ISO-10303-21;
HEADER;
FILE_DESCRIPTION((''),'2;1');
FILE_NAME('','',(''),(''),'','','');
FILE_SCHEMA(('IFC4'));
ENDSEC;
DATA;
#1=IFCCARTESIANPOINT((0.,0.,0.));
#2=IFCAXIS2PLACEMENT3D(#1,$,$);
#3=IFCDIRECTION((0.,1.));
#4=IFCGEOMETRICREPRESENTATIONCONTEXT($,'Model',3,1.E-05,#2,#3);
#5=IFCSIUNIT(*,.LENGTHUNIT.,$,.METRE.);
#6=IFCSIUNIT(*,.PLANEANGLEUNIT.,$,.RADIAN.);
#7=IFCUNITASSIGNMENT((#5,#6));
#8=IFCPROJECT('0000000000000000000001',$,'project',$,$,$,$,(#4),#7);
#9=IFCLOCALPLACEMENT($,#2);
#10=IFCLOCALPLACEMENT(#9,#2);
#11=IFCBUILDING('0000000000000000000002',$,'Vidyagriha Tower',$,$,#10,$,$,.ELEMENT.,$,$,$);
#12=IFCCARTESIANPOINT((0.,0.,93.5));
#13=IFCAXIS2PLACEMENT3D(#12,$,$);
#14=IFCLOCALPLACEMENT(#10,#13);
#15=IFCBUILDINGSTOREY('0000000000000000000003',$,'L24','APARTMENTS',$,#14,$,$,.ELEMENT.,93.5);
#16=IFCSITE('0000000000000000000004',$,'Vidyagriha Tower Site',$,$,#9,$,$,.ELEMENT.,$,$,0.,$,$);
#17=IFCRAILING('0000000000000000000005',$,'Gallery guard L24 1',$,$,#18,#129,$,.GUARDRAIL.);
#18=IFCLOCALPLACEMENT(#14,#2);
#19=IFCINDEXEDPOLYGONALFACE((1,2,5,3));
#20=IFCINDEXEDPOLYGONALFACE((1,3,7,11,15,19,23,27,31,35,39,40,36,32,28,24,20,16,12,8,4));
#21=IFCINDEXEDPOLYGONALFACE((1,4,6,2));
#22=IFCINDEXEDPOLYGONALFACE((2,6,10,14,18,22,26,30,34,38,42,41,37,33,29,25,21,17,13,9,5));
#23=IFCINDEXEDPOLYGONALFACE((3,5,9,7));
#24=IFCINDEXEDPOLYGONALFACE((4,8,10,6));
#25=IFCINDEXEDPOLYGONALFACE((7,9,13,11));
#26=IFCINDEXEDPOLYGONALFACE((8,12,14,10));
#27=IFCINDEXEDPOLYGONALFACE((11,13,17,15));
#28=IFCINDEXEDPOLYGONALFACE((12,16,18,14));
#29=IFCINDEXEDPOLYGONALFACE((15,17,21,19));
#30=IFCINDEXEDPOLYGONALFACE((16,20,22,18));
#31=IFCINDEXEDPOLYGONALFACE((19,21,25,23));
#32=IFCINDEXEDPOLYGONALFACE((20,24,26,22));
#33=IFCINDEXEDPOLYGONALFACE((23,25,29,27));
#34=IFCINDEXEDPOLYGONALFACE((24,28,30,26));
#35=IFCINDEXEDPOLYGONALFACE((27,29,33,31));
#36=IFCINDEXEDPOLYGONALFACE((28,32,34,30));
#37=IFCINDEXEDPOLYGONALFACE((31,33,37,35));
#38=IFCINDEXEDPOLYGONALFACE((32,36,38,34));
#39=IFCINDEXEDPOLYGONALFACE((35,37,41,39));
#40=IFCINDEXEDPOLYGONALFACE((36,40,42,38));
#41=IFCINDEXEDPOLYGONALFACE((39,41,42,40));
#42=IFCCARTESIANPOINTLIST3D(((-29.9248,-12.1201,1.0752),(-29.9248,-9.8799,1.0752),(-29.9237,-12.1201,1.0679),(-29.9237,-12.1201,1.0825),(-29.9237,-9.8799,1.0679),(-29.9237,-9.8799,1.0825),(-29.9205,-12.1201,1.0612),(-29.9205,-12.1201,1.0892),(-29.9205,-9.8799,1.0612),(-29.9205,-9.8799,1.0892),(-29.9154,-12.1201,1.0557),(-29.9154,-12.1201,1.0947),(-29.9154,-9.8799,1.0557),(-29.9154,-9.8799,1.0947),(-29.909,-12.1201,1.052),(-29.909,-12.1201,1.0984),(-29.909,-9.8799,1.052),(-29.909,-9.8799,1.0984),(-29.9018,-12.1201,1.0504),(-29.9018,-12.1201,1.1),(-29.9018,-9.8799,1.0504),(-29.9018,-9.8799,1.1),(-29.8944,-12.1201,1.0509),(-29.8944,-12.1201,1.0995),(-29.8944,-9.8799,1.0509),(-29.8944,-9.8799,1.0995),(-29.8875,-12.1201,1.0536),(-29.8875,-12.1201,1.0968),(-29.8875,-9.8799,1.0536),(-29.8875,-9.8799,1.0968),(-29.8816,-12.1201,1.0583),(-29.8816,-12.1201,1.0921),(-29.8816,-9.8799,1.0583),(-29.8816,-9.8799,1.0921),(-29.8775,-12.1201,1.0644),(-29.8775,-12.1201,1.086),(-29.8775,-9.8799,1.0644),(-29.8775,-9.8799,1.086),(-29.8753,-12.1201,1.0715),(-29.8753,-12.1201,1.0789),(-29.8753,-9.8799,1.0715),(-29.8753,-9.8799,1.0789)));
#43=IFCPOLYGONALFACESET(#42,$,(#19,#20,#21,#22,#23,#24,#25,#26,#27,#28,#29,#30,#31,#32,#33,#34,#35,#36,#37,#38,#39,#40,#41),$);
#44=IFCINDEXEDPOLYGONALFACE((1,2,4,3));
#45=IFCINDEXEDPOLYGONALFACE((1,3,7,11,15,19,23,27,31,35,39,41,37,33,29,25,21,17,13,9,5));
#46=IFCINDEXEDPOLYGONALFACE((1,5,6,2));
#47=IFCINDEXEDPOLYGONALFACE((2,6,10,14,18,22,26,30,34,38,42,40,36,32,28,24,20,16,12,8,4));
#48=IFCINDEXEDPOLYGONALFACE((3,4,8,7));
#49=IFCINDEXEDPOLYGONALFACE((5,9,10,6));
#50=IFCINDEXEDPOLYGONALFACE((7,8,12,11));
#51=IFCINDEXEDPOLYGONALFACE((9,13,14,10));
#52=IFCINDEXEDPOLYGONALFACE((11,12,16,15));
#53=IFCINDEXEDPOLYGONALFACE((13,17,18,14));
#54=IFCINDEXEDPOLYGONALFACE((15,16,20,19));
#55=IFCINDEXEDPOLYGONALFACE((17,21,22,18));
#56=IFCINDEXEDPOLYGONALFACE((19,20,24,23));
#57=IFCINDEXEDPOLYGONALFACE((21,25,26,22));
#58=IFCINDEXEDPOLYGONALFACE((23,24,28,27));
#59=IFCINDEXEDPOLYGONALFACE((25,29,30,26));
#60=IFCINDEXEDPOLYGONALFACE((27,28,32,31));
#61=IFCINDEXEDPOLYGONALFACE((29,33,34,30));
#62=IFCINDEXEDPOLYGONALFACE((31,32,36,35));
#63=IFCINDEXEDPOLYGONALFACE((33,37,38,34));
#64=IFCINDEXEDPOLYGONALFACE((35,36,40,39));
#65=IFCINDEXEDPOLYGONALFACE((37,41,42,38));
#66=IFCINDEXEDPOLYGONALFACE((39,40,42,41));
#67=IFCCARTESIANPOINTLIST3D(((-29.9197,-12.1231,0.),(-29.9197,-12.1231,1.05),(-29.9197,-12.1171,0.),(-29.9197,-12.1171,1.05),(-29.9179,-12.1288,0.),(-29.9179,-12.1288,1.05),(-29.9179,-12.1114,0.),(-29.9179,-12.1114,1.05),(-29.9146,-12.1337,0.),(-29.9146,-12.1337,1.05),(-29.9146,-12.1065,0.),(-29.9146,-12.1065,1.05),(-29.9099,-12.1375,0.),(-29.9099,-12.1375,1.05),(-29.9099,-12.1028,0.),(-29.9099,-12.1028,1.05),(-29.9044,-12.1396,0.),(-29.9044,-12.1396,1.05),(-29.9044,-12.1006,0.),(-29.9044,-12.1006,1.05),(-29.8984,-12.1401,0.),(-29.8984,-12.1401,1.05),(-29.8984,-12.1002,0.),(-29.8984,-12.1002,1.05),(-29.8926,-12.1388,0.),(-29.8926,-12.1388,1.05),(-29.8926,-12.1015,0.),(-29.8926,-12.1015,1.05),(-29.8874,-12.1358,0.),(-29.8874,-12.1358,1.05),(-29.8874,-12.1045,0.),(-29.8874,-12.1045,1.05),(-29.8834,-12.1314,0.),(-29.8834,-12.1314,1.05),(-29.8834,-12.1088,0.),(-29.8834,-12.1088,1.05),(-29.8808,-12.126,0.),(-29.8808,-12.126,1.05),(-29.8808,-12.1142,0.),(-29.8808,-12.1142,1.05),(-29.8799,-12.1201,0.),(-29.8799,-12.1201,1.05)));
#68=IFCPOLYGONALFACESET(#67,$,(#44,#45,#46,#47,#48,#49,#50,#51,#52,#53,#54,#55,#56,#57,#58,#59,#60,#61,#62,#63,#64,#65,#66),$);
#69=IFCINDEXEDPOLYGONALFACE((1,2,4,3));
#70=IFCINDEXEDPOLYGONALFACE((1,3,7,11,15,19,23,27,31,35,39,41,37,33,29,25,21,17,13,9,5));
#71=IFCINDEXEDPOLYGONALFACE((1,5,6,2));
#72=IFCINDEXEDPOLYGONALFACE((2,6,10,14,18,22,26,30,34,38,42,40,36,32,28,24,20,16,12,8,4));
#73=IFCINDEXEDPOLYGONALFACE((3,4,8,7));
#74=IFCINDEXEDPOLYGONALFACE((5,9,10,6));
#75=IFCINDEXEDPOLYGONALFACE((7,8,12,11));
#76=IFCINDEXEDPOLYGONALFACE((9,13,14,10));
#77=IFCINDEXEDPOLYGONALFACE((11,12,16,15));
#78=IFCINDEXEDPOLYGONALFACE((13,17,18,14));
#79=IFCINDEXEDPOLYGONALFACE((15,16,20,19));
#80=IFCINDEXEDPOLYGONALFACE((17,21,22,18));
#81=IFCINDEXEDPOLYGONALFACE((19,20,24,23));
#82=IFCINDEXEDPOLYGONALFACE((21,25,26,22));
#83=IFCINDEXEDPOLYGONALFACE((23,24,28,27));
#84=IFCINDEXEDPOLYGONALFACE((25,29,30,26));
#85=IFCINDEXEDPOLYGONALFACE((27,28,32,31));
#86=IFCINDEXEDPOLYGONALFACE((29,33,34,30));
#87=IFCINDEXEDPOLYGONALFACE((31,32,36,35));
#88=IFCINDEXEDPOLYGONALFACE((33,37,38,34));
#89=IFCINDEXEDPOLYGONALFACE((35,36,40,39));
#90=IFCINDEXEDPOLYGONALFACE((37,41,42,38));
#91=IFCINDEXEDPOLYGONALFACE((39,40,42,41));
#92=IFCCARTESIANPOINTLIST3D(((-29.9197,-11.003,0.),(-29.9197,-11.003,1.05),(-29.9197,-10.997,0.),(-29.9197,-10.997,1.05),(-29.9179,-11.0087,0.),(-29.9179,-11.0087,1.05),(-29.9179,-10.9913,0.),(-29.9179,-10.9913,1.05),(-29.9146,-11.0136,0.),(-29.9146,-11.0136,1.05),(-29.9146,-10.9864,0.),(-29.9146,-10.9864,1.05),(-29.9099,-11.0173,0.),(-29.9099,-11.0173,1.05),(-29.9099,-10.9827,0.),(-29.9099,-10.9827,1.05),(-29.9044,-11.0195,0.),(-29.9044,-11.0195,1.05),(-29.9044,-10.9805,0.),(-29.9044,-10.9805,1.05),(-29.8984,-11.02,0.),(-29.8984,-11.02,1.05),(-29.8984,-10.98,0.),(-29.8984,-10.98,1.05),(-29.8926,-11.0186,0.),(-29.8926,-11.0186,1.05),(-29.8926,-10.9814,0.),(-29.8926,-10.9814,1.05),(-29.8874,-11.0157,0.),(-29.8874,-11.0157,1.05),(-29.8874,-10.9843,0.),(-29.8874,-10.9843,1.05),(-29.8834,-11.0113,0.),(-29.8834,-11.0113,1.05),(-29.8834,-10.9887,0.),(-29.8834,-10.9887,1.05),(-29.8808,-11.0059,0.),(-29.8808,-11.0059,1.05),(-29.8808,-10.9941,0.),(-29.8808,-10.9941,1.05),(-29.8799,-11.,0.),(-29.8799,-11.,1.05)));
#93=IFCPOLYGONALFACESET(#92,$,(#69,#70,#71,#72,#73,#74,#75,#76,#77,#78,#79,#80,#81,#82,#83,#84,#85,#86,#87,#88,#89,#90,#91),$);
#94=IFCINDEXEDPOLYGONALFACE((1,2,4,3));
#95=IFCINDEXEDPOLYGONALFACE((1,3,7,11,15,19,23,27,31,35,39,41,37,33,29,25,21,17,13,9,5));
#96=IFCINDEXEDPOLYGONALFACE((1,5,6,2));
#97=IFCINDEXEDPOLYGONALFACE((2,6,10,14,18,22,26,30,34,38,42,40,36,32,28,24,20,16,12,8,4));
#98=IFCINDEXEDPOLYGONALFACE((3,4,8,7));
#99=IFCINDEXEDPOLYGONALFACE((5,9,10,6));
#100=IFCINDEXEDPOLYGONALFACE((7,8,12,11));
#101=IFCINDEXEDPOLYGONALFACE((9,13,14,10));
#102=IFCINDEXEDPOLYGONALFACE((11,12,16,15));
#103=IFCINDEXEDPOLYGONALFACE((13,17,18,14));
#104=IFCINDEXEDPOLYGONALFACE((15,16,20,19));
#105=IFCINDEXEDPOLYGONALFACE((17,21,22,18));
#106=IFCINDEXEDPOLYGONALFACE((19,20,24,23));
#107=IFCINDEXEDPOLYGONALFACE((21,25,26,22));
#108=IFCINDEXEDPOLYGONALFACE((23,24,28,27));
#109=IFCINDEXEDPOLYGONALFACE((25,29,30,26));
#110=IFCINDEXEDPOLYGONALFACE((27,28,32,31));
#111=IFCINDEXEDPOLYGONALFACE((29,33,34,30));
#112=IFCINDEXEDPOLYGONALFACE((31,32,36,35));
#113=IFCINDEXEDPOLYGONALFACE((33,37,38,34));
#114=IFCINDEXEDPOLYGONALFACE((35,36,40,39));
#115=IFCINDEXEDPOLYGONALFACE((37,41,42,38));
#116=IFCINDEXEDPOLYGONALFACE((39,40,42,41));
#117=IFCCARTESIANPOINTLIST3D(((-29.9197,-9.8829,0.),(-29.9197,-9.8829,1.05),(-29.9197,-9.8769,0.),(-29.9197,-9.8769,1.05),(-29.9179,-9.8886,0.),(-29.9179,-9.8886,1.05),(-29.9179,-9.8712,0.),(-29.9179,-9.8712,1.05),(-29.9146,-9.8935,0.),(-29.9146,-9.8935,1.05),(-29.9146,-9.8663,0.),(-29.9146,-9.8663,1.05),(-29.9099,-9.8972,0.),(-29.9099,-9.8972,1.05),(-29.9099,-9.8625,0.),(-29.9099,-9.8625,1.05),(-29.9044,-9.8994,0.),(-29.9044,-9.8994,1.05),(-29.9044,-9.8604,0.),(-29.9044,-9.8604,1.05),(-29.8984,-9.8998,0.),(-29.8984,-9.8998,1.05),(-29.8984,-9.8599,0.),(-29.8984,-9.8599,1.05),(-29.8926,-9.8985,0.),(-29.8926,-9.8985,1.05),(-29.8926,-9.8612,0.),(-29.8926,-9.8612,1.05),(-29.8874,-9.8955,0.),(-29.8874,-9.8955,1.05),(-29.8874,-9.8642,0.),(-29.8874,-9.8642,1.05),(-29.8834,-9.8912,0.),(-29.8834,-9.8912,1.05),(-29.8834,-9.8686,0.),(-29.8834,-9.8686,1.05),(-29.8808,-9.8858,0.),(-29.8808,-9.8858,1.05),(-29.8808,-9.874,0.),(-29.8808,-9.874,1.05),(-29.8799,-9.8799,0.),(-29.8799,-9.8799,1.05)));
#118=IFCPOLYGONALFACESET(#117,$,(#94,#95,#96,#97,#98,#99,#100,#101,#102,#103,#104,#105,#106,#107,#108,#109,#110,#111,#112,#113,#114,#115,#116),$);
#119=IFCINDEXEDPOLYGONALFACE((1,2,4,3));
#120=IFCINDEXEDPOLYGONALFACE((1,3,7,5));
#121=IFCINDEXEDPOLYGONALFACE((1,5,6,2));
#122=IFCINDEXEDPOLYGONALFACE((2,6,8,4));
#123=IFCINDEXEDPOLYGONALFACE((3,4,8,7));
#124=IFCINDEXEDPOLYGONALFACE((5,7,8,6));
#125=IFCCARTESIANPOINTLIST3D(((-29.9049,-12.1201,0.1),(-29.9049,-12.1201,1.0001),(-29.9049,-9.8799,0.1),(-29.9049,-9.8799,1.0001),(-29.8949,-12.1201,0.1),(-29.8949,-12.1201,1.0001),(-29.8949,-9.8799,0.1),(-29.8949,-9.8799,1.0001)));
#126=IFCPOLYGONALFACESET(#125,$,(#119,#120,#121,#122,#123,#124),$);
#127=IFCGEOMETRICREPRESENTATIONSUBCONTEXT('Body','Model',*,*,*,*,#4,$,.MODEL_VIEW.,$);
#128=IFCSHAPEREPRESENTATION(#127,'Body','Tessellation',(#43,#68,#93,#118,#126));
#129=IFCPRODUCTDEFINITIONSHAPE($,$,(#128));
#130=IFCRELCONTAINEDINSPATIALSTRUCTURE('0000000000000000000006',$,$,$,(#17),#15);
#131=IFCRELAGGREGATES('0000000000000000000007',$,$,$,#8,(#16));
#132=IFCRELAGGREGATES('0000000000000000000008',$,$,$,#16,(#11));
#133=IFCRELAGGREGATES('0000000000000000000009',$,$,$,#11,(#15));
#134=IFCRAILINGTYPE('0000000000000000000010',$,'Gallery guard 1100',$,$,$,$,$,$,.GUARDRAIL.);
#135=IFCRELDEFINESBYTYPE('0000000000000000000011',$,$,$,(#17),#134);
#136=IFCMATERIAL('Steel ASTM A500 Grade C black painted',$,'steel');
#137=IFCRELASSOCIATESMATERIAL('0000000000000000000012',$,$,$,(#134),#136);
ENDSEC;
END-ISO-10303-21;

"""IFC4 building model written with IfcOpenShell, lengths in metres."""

from ifc_helpers import new_model, si_unit, direction, frame, origin, origin_2d, place, context, subcontext, project, spatial, rectangle, circle, extrude, material, type_object, element, save


model = new_model("IFC4")

# Units and contexts
model_context = context("Model", 3, precision=1e-05, world=origin(), true_north=direction((0.0, 1.0)))
body_context = subcontext(model_context, "Body", "Model", "MODEL_VIEW")
ifc_project = project(units=[si_unit("LENGTHUNIT", "METRE"), si_unit("PLANEANGLEUNIT", "RADIAN")], contexts=[model_context])

# Site, building, storey
site_placement = place(None, origin())
site = spatial("IfcSite", under=ifc_project, at=site_placement, Name="Vidyagriha Tower Site", CompositionType="ELEMENT", RefElevation=0.0)
building_placement = place(site_placement, origin())
building = spatial("IfcBuilding", under=site, at=building_placement, Name="Vidyagriha Tower", CompositionType="ELEMENT")
storey_placement = place(building_placement, frame((0.0, 0.0, 93.5)))
storey = spatial("IfcBuildingStorey", under=building, at=storey_placement, Name="L24", Description="APARTMENTS", CompositionType="ELEMENT", Elevation=93.5)

# Railing
ifc_material_1 = material(Name="Steel ASTM A500 Grade C black painted", Category="steel")
railing_type_1 = type_object("IfcRailingType", Name="Gallery guard 1100", PredefinedType="GUARDRAIL", material=ifc_material_1)
railing_1_placement = place(storey_placement, frame((-29.8999, -12.1201, 0.0)))
element("IfcRailing", 1, at=railing_1_placement, inside=storey, type_object=railing_type_1, Name="Gallery guard L24 1", PredefinedType="GUARDRAIL", context=body_context, shape_type="SweptSolid", body=[
    extrude(circle(Radius=0.0249, at=origin_2d()), frame((0.0, 0.0, 1.0752), z_axis=(0.0, 1.0, 0.0), x_axis=(-1.0, 0.0, 0.0)), (0.0, 0.0, 1.0), 2.2402),
    extrude(circle(Radius=0.02, at=origin_2d()), origin(), (0.0, 0.0, 1.0), 1.05),
    extrude(circle(Radius=0.02, at=origin_2d()), frame((0.0, 1.1201, 0.0)), (0.0, 0.0, 1.0), 1.05),
    extrude(circle(Radius=0.02, at=origin_2d()), frame((0.0, 2.2402, 0.0)), (0.0, 0.0, 1.0), 1.05),
    extrude(rectangle(XDim=0.01, YDim=0.9001, at=origin_2d()), frame((0.0, 0.0, 0.55), z_axis=(0.0, 1.0, 0.0), x_axis=(-1.0, 0.0, 0.0)), (0.0, 0.0, 1.0), 2.2402),
])

save(model, "model.ifc")
